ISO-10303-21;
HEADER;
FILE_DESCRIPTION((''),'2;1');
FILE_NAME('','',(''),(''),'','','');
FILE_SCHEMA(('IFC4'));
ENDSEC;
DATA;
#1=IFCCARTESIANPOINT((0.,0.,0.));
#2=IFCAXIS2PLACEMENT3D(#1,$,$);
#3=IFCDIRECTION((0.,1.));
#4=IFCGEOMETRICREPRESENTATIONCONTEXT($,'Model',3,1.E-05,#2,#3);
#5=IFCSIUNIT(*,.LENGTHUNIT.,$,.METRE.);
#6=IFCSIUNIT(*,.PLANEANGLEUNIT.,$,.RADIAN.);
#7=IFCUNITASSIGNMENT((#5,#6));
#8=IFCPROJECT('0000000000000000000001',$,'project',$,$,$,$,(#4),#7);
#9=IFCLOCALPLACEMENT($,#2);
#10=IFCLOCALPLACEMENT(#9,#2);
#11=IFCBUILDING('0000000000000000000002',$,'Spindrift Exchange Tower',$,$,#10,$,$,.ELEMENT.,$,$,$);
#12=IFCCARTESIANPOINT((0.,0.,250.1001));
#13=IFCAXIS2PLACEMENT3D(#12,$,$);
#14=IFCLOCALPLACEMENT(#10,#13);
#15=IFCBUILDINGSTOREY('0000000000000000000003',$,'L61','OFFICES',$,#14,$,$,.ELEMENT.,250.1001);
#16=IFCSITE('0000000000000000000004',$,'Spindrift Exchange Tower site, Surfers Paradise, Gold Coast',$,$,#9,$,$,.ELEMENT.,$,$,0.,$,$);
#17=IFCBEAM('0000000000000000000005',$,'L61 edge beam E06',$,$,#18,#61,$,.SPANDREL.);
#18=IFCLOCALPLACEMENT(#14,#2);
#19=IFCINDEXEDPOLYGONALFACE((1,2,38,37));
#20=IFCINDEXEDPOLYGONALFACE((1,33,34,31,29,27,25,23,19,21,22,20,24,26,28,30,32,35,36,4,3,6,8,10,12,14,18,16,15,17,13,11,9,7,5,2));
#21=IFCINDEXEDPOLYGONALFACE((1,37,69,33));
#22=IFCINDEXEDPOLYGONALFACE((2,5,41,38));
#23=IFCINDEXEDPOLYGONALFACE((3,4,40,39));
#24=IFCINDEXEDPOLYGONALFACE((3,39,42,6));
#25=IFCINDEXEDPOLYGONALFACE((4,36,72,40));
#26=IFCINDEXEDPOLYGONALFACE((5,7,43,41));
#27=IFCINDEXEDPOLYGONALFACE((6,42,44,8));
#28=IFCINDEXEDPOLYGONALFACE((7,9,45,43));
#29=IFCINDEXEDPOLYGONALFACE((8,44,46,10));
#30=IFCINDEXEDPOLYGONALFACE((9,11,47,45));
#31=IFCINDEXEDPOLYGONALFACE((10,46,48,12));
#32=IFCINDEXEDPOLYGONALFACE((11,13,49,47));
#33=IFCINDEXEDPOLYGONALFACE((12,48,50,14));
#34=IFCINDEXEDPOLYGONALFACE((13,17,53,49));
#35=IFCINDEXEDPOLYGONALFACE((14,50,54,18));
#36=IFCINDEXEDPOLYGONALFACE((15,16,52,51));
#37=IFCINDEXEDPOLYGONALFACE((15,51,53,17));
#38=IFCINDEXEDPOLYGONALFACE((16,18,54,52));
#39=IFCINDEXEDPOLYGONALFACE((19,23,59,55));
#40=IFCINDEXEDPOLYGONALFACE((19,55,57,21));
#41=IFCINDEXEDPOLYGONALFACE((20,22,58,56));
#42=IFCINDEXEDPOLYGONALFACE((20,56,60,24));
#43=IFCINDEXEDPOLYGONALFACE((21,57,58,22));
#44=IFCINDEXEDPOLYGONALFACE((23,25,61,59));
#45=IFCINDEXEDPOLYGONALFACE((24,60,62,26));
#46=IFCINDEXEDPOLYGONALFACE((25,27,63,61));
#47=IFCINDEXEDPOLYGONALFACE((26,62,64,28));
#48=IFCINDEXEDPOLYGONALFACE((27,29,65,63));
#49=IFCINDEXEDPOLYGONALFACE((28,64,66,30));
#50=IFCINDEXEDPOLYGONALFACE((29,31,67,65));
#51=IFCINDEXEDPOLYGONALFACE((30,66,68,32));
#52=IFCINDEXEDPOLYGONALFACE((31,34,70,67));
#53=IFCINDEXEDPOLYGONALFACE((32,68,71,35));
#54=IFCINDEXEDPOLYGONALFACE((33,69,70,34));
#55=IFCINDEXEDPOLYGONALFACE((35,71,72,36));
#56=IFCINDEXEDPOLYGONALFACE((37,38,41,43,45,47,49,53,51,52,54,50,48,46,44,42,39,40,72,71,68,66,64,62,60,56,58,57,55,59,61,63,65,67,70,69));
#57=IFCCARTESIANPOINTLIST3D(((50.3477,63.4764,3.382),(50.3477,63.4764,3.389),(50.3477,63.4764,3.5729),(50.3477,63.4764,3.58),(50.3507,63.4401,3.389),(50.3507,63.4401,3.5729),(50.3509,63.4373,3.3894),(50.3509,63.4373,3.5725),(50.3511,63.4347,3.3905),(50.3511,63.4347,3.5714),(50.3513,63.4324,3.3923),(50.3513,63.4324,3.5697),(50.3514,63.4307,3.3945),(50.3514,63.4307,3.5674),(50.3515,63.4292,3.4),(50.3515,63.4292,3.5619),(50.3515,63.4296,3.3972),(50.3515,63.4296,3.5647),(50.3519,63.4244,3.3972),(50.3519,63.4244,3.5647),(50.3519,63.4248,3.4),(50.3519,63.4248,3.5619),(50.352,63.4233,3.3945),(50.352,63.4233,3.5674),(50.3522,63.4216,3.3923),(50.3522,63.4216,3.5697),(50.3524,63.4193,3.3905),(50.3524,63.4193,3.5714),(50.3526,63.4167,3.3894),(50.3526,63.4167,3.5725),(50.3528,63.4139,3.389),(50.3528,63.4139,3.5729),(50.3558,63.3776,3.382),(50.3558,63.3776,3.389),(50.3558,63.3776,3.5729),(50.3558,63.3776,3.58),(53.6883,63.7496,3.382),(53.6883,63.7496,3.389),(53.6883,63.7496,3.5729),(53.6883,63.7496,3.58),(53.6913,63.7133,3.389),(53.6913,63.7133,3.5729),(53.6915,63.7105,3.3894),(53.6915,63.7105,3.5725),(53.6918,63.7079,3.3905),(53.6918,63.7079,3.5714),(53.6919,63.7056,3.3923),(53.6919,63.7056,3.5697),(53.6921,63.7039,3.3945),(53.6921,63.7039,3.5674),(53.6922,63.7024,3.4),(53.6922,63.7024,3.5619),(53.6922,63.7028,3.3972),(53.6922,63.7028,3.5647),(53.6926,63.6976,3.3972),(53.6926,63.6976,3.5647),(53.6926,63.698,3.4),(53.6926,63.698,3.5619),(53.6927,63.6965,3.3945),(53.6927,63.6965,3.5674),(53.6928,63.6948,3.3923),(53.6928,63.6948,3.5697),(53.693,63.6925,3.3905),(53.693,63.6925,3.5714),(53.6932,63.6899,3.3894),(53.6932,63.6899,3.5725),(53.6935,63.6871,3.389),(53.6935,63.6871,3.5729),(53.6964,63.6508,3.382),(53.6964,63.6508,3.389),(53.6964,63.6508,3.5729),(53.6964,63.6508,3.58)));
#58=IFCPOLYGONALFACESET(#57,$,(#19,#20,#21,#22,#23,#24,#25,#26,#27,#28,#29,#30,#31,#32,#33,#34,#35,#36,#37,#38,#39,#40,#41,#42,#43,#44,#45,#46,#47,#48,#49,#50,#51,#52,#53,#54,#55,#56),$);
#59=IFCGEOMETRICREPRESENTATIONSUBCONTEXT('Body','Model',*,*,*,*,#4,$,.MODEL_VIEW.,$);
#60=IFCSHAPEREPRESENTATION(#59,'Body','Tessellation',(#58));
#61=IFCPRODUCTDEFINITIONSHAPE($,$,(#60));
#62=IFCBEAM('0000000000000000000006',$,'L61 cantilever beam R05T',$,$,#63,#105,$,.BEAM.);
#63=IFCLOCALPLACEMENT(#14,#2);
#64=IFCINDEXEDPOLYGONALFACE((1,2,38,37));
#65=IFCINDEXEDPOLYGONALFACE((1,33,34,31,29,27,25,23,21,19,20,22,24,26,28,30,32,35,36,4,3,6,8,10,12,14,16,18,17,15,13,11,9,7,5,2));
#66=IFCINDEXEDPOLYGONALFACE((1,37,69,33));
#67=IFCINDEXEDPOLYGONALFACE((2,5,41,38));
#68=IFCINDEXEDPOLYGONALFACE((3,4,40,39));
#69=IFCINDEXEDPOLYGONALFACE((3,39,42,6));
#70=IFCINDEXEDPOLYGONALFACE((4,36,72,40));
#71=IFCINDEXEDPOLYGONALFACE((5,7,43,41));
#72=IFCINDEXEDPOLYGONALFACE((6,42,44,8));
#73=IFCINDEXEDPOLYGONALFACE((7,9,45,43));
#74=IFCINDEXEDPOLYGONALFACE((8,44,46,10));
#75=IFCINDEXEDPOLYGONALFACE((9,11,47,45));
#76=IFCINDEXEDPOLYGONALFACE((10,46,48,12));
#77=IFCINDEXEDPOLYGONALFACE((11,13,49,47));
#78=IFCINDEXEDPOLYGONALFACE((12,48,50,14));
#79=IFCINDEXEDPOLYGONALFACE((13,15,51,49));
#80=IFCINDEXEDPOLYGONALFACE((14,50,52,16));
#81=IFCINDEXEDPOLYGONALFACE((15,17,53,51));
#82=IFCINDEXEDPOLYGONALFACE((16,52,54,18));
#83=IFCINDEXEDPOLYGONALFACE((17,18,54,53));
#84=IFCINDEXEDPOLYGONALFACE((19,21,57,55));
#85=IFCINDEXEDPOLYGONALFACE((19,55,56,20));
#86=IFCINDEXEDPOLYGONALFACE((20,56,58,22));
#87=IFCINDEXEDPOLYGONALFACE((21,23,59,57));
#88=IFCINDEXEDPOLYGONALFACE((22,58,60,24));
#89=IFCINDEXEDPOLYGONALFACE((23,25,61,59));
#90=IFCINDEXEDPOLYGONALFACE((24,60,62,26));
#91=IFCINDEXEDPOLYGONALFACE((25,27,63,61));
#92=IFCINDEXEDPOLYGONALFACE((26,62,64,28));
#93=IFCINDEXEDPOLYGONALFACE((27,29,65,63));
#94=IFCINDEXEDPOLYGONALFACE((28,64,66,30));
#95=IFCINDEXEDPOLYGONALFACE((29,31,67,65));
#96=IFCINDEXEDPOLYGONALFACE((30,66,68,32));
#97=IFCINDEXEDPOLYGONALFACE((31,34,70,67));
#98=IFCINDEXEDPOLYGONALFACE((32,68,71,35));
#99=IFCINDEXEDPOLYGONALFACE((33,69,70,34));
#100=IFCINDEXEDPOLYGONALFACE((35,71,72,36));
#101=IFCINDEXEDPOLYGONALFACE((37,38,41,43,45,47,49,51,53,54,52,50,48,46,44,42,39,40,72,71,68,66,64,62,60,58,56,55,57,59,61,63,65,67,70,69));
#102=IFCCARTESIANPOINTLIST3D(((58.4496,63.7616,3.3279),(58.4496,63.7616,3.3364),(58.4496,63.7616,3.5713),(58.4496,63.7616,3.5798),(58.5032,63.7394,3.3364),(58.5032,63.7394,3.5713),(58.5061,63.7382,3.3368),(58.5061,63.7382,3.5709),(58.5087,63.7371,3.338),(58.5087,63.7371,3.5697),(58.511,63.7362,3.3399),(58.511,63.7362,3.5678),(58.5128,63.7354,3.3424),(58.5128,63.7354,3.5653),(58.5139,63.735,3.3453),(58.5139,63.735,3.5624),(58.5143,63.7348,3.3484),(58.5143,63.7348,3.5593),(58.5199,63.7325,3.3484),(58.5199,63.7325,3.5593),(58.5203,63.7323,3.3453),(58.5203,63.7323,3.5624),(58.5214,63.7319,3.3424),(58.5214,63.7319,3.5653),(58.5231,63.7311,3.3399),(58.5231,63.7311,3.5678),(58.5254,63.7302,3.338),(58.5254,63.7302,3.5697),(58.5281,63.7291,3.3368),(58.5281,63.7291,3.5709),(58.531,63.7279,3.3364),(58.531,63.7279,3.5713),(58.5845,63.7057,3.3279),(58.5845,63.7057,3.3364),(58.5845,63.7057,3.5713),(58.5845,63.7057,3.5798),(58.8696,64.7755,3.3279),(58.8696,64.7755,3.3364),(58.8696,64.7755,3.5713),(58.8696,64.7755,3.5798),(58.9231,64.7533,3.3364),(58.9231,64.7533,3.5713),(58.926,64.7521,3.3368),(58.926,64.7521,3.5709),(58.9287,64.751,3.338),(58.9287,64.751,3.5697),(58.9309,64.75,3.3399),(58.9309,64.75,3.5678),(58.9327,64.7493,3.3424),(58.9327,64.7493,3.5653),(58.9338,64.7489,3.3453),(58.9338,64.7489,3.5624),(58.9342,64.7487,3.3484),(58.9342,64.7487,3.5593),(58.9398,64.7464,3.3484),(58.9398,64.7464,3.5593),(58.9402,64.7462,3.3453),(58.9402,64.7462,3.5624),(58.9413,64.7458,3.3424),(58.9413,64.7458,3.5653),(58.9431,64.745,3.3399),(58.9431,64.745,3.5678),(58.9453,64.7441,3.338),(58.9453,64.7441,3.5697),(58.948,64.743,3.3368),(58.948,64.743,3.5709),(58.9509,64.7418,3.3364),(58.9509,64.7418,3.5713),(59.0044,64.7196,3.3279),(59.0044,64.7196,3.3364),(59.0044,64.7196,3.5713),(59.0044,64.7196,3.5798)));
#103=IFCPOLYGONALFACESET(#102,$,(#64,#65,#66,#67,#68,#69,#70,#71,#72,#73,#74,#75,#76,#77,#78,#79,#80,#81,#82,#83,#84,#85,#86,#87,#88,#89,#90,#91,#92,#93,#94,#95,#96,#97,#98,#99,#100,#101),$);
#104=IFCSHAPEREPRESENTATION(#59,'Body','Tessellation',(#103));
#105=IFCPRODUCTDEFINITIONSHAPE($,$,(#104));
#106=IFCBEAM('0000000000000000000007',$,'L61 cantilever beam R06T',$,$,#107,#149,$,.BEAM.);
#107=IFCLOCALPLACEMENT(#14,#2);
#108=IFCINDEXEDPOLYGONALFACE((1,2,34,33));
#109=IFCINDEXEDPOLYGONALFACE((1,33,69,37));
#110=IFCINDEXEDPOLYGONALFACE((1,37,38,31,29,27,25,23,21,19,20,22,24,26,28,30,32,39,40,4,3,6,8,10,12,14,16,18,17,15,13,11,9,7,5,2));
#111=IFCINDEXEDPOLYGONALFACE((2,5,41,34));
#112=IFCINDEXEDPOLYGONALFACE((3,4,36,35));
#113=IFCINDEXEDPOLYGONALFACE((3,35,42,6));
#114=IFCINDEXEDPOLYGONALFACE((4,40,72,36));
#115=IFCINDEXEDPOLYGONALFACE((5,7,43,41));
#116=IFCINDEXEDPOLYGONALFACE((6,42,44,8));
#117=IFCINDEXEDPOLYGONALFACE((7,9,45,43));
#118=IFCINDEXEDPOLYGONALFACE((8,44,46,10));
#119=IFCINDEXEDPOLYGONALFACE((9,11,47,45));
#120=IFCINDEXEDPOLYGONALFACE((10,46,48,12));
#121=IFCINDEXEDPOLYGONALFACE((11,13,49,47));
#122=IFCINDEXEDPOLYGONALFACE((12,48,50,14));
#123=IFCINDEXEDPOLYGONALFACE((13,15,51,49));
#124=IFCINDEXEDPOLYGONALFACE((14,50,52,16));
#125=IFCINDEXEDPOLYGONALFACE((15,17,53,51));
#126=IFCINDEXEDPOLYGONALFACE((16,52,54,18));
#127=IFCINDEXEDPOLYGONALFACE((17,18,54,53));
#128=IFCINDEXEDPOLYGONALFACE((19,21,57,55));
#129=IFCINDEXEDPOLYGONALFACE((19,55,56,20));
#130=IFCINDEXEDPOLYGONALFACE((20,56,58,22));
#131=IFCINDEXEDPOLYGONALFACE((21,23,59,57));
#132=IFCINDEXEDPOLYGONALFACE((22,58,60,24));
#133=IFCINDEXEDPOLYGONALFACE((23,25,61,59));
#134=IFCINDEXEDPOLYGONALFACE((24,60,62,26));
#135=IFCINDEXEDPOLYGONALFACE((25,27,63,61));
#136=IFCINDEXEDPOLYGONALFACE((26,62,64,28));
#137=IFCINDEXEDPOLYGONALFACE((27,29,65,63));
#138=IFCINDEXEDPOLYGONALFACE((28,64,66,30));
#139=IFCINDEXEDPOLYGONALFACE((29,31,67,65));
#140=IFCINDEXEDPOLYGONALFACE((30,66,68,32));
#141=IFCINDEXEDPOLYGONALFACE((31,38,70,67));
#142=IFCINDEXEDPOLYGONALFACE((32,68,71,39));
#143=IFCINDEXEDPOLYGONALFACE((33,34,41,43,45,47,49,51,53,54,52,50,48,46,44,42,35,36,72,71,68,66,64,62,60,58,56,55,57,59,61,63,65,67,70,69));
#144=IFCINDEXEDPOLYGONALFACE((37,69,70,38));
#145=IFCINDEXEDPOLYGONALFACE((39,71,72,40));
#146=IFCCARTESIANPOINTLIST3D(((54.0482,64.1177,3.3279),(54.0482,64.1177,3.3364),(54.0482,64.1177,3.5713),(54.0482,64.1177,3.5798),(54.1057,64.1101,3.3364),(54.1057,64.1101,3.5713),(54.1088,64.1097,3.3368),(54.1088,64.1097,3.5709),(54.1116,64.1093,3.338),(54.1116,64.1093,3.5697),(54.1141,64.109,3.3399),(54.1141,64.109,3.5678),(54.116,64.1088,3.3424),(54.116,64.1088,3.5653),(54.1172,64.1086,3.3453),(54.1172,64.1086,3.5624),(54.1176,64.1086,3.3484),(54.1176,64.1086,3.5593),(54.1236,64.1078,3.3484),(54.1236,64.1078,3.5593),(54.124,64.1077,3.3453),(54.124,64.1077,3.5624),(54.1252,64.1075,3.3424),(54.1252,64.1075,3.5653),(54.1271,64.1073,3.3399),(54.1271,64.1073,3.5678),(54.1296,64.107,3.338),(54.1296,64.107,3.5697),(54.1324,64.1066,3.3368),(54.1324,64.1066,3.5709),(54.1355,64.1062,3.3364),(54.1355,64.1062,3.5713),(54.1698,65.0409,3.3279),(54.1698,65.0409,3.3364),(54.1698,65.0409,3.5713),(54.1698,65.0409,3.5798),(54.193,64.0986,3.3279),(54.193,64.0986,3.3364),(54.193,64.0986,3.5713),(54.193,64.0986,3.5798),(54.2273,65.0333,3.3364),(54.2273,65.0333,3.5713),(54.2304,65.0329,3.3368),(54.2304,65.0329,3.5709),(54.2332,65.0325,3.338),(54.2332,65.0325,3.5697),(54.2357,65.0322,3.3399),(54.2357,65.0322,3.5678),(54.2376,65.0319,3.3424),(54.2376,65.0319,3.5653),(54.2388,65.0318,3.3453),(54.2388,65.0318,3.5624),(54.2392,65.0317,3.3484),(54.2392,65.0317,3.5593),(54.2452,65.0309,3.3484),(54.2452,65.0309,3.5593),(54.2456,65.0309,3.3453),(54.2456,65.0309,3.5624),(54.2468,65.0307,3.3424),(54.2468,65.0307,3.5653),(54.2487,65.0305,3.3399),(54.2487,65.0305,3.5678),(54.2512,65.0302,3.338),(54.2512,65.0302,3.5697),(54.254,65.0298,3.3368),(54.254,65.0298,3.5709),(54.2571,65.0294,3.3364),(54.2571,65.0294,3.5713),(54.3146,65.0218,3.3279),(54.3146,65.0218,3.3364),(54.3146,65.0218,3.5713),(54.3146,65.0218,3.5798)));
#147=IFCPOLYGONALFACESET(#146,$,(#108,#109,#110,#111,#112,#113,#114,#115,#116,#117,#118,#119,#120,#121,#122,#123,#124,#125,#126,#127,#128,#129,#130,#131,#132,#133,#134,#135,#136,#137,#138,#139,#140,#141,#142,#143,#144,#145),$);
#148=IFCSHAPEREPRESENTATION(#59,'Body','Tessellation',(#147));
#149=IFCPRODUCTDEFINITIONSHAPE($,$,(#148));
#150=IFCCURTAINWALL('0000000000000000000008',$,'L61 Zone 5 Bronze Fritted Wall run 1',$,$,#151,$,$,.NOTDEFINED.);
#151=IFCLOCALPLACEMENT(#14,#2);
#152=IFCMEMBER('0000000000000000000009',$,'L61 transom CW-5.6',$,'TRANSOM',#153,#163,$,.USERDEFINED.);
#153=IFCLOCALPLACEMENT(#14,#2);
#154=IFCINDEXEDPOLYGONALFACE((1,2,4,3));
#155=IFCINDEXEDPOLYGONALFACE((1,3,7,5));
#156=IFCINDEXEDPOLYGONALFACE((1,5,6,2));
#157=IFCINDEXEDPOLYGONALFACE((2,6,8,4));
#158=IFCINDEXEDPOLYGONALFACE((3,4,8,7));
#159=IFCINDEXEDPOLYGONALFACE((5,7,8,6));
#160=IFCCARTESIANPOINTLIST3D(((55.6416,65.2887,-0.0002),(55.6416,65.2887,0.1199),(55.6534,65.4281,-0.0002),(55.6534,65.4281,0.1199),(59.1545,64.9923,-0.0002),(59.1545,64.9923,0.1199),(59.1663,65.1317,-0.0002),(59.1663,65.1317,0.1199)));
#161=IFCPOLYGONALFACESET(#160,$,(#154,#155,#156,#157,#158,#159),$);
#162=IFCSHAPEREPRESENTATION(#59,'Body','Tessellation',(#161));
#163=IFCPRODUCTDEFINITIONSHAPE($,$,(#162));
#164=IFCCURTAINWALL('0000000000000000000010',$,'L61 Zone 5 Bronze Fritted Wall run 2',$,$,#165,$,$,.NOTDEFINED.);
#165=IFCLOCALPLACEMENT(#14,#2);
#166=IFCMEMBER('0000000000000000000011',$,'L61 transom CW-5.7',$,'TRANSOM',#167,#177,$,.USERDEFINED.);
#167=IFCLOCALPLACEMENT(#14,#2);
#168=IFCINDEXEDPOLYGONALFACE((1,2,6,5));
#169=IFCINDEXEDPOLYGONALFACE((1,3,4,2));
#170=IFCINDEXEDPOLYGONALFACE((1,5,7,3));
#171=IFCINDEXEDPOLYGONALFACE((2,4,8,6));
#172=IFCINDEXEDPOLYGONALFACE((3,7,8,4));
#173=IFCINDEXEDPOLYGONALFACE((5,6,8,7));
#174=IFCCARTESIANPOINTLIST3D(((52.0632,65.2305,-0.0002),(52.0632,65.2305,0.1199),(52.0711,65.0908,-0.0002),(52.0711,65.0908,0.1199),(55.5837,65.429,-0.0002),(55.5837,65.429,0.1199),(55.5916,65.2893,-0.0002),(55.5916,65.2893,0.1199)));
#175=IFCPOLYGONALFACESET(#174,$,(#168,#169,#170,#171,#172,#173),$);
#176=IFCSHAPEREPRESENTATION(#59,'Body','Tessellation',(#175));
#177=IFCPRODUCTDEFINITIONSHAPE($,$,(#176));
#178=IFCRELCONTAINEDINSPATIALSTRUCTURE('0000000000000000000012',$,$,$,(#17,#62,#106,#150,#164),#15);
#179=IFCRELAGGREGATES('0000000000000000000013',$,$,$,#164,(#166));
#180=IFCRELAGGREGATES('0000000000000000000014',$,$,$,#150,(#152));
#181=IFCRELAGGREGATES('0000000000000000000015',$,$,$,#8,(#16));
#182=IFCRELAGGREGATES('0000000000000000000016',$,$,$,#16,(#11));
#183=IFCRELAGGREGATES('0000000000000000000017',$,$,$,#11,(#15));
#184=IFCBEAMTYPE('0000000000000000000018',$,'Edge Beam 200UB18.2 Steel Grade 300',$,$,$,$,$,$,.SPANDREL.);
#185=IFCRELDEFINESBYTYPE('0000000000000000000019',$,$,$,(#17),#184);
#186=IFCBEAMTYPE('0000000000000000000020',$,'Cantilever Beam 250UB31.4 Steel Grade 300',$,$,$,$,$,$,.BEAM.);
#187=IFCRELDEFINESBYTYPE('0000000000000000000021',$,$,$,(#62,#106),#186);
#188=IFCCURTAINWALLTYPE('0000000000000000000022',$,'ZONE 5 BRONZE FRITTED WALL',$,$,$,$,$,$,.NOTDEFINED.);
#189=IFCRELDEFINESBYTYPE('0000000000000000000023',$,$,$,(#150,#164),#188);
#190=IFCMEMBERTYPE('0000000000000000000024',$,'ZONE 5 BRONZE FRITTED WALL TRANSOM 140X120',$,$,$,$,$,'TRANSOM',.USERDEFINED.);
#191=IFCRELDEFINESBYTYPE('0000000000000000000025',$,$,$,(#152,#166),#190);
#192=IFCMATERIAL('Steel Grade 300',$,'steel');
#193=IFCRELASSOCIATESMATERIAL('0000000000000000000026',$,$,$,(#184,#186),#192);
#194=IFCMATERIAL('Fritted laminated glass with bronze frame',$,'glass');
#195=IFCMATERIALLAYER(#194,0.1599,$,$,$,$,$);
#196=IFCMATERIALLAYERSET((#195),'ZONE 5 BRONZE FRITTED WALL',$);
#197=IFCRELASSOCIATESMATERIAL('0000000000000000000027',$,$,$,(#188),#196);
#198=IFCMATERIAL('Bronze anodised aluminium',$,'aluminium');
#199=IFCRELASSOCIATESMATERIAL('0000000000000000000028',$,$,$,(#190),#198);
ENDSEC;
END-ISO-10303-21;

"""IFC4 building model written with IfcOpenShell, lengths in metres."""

from ifc_helpers import new_model, si_unit, direction, frame, origin, origin_2d, place, context, subcontext, project, spatial, rectangle, i_section, extrude, source, transform, mapped, material, layer, layer_set, material_profile, profile_set, type_object, element, aggregate, save


model = new_model("IFC4")

# Units and contexts
model_context = context("Model", 3, precision=1e-05, world=origin(), true_north=direction((0.0, 1.0)))
body_context = subcontext(model_context, "Body", "Model", "MODEL_VIEW")
ifc_project = project(units=[si_unit("LENGTHUNIT", "METRE"), si_unit("PLANEANGLEUNIT", "RADIAN")], contexts=[model_context])

# Site, building, storey
site_placement = place(None, origin())
site = spatial("IfcSite", under=ifc_project, at=site_placement, Name="Spindrift Exchange Tower site, Surfers Paradise, Gold Coast", CompositionType="ELEMENT", RefElevation=0.0)
building_placement = place(site_placement, origin())
building = spatial("IfcBuilding", under=site, at=building_placement, Name="Spindrift Exchange Tower", CompositionType="ELEMENT")
storey_placement = place(building_placement, frame((0.0, 0.0, 250.1001)))
storey = spatial("IfcBuildingStorey", under=building, at=storey_placement, Name="L61", Description="OFFICES", CompositionType="ELEMENT", Elevation=250.1001)

# Beams
ifc_material_1 = material(Name="Steel Grade 300", Category="steel")
ifc_material_profile_1 = material_profile(ifc_material_1, i_section(OverallWidth=0.0991, OverallDepth=0.198, WebThickness=0.0044, FlangeThickness=0.0071, FilletRadius=0.011, at=origin_2d()), Name="200UB18.2")
ifc_profile_set_1 = profile_set([ifc_material_profile_1], Name="Steel Grade 300")
beam_type_1 = type_object("IfcBeamType", Name="Edge Beam 200UB18.2 Steel Grade 300", PredefinedType="SPANDREL", material=ifc_profile_set_1)
shared_shape_1 = source(origin(), body_context, "Body", "SweptSolid", [
    extrude(i_section(OverallWidth=0.0991, OverallDepth=0.198, WebThickness=0.0044, FlangeThickness=0.0071, FilletRadius=0.011, at=origin_2d()), origin(), (0.0, 0.0, 1.0), 3.3518),
])
beam_1_placement = place(storey_placement, frame((53.6924, 63.7002, 3.481), z_axis=(-0.996673, -0.081508, 0.0), x_axis=(0.081508, -0.996673, 0.0)))
element("IfcBeam", 1, at=beam_1_placement, inside=storey, type_object=beam_type_1, Name="L61 edge beam E06", PredefinedType="SPANDREL", context=body_context, shape_type="MappedRepresentation", body=[
    mapped(shared_shape_1, transform((0.0, 0.0, 0.0), scale=1.0)),
])
ifc_material_profile_2 = material_profile(ifc_material_1, i_section(OverallWidth=0.146, OverallDepth=0.252, WebThickness=0.0061, FlangeThickness=0.0085, FilletRadius=0.012, at=origin_2d()), Name="250UB31.4")
ifc_profile_set_2 = profile_set([ifc_material_profile_2], Name="Steel Grade 300")
beam_type_2 = type_object("IfcBeamType", Name="Cantilever Beam 250UB31.4 Steel Grade 300", PredefinedType="BEAM", material=ifc_profile_set_2)
shared_shape_2 = source(origin(), body_context, "Body", "SweptSolid", [
    extrude(i_section(OverallWidth=0.146, OverallDepth=0.252, WebThickness=0.0061, FlangeThickness=0.0085, FilletRadius=0.012, at=origin_2d()), origin(), (0.0, 0.0, 1.0), 1.0974),
])
beam_2_placement = place(storey_placement, frame((58.5171, 63.7336, 3.4539), z_axis=(0.38264, 0.923898, 0.0), x_axis=(-0.923898, 0.38264, 0.0)))
element("IfcBeam", 2, at=beam_2_placement, inside=storey, type_object=beam_type_2, Name="L61 cantilever beam R05T", PredefinedType="BEAM", context=body_context, shape_type="MappedRepresentation", body=[
    mapped(shared_shape_2, transform((0.0, 0.0, 0.0), scale=1.0)),
])
shared_shape_3 = source(origin(), body_context, "Body", "SweptSolid", [
    extrude(i_section(OverallWidth=0.146, OverallDepth=0.252, WebThickness=0.0061, FlangeThickness=0.0085, FilletRadius=0.012, at=origin_2d()), origin(), (0.0, 0.0, 1.0), 0.9312),
])
beam_3_placement = place(storey_placement, frame((54.1206, 64.1082, 3.4539), z_axis=(0.130583, 0.991437, 0.0), x_axis=(-0.991437, 0.130583, 0.0)))
element("IfcBeam", 3, at=beam_3_placement, inside=storey, type_object=beam_type_2, Name="L61 cantilever beam R06T", PredefinedType="BEAM", context=body_context, shape_type="MappedRepresentation", body=[
    mapped(shared_shape_3, transform((0.0, 0.0, 0.0), scale=1.0)),
])

# Curtain walls, members
ifc_material_2 = material(Name="Fritted laminated glass with bronze frame", Category="glass")
ifc_layer_1 = layer(ifc_material_2, 0.1599)
ifc_layer_set_1 = layer_set([ifc_layer_1], Name="ZONE 5 BRONZE FRITTED WALL")
curtain_wall_type = type_object("IfcCurtainWallType", Name="ZONE 5 BRONZE FRITTED WALL", PredefinedType="NOTDEFINED", material=ifc_layer_set_1)
curtain_wall_1_placement = place(storey_placement, origin())
curtain_wall_1 = element("IfcCurtainWall", 4, at=curtain_wall_1_placement, inside=storey, type_object=curtain_wall_type, Name="L61 Zone 5 Bronze Fritted Wall run 1", PredefinedType="NOTDEFINED")
ifc_material_3 = material(Name="Bronze anodised aluminium", Category="aluminium")
ifc_material_profile_3 = material_profile(ifc_material_3, rectangle(XDim=0.1399, YDim=0.1201, at=origin_2d()), Name="ZONE 5 BRONZE FRITTED WALL TRANSOM 140X120")
ifc_profile_set_3 = profile_set([ifc_material_profile_3], Name="Bronze anodised aluminium")
member_type_1 = type_object("IfcMemberType", Name="ZONE 5 BRONZE FRITTED WALL TRANSOM 140X120", ElementType="TRANSOM", PredefinedType="USERDEFINED", material=ifc_profile_set_3)
shared_shape_4 = source(origin(), body_context, "Body", "SweptSolid", [
    extrude(rectangle(XDim=0.1399, YDim=0.1201, at=origin_2d()), origin(), (0.0, 0.0, 1.0), 3.5254),
])
member_1_placement = place(storey_placement, frame((59.1604, 65.062, 0.0598), z_axis=(-0.99646, 0.084071, 0.0), x_axis=(-0.084071, -0.99646, 0.0)))
member_1 = element("IfcMember", 5, at=member_1_placement, type_object=member_type_1, Name="L61 transom CW-5.6", ObjectType="TRANSOM", PredefinedType="USERDEFINED", context=body_context, shape_type="MappedRepresentation", body=[
    mapped(shared_shape_4, transform((0.0, 0.0, 0.0), scale=1.0)),
])
curtain_wall_2_placement = place(storey_placement, origin())
curtain_wall_2 = element("IfcCurtainWall", 6, at=curtain_wall_2_placement, inside=storey, type_object=curtain_wall_type, Name="L61 Zone 5 Bronze Fritted Wall run 2", PredefinedType="NOTDEFINED")
shared_shape_5 = source(origin(), body_context, "Body", "SweptSolid", [
    extrude(rectangle(XDim=0.1399, YDim=0.1201, at=origin_2d()), origin(), (0.0, 0.0, 1.0), 3.5261),
])
member_2_placement = place(storey_placement, frame((55.5876, 65.3591, 0.0598), z_axis=(-0.998414, -0.056291, 0.0), x_axis=(0.056291, -0.998414, 0.0)))
member_2 = element("IfcMember", 7, at=member_2_placement, type_object=member_type_1, Name="L61 transom CW-5.7", ObjectType="TRANSOM", PredefinedType="USERDEFINED", context=body_context, shape_type="MappedRepresentation", body=[
    mapped(shared_shape_5, transform((0.0, 0.0, 0.0), scale=1.0)),
])

aggregate(curtain_wall_2, [member_2])
aggregate(curtain_wall_1, [member_1])

save(model, "model.ifc")
